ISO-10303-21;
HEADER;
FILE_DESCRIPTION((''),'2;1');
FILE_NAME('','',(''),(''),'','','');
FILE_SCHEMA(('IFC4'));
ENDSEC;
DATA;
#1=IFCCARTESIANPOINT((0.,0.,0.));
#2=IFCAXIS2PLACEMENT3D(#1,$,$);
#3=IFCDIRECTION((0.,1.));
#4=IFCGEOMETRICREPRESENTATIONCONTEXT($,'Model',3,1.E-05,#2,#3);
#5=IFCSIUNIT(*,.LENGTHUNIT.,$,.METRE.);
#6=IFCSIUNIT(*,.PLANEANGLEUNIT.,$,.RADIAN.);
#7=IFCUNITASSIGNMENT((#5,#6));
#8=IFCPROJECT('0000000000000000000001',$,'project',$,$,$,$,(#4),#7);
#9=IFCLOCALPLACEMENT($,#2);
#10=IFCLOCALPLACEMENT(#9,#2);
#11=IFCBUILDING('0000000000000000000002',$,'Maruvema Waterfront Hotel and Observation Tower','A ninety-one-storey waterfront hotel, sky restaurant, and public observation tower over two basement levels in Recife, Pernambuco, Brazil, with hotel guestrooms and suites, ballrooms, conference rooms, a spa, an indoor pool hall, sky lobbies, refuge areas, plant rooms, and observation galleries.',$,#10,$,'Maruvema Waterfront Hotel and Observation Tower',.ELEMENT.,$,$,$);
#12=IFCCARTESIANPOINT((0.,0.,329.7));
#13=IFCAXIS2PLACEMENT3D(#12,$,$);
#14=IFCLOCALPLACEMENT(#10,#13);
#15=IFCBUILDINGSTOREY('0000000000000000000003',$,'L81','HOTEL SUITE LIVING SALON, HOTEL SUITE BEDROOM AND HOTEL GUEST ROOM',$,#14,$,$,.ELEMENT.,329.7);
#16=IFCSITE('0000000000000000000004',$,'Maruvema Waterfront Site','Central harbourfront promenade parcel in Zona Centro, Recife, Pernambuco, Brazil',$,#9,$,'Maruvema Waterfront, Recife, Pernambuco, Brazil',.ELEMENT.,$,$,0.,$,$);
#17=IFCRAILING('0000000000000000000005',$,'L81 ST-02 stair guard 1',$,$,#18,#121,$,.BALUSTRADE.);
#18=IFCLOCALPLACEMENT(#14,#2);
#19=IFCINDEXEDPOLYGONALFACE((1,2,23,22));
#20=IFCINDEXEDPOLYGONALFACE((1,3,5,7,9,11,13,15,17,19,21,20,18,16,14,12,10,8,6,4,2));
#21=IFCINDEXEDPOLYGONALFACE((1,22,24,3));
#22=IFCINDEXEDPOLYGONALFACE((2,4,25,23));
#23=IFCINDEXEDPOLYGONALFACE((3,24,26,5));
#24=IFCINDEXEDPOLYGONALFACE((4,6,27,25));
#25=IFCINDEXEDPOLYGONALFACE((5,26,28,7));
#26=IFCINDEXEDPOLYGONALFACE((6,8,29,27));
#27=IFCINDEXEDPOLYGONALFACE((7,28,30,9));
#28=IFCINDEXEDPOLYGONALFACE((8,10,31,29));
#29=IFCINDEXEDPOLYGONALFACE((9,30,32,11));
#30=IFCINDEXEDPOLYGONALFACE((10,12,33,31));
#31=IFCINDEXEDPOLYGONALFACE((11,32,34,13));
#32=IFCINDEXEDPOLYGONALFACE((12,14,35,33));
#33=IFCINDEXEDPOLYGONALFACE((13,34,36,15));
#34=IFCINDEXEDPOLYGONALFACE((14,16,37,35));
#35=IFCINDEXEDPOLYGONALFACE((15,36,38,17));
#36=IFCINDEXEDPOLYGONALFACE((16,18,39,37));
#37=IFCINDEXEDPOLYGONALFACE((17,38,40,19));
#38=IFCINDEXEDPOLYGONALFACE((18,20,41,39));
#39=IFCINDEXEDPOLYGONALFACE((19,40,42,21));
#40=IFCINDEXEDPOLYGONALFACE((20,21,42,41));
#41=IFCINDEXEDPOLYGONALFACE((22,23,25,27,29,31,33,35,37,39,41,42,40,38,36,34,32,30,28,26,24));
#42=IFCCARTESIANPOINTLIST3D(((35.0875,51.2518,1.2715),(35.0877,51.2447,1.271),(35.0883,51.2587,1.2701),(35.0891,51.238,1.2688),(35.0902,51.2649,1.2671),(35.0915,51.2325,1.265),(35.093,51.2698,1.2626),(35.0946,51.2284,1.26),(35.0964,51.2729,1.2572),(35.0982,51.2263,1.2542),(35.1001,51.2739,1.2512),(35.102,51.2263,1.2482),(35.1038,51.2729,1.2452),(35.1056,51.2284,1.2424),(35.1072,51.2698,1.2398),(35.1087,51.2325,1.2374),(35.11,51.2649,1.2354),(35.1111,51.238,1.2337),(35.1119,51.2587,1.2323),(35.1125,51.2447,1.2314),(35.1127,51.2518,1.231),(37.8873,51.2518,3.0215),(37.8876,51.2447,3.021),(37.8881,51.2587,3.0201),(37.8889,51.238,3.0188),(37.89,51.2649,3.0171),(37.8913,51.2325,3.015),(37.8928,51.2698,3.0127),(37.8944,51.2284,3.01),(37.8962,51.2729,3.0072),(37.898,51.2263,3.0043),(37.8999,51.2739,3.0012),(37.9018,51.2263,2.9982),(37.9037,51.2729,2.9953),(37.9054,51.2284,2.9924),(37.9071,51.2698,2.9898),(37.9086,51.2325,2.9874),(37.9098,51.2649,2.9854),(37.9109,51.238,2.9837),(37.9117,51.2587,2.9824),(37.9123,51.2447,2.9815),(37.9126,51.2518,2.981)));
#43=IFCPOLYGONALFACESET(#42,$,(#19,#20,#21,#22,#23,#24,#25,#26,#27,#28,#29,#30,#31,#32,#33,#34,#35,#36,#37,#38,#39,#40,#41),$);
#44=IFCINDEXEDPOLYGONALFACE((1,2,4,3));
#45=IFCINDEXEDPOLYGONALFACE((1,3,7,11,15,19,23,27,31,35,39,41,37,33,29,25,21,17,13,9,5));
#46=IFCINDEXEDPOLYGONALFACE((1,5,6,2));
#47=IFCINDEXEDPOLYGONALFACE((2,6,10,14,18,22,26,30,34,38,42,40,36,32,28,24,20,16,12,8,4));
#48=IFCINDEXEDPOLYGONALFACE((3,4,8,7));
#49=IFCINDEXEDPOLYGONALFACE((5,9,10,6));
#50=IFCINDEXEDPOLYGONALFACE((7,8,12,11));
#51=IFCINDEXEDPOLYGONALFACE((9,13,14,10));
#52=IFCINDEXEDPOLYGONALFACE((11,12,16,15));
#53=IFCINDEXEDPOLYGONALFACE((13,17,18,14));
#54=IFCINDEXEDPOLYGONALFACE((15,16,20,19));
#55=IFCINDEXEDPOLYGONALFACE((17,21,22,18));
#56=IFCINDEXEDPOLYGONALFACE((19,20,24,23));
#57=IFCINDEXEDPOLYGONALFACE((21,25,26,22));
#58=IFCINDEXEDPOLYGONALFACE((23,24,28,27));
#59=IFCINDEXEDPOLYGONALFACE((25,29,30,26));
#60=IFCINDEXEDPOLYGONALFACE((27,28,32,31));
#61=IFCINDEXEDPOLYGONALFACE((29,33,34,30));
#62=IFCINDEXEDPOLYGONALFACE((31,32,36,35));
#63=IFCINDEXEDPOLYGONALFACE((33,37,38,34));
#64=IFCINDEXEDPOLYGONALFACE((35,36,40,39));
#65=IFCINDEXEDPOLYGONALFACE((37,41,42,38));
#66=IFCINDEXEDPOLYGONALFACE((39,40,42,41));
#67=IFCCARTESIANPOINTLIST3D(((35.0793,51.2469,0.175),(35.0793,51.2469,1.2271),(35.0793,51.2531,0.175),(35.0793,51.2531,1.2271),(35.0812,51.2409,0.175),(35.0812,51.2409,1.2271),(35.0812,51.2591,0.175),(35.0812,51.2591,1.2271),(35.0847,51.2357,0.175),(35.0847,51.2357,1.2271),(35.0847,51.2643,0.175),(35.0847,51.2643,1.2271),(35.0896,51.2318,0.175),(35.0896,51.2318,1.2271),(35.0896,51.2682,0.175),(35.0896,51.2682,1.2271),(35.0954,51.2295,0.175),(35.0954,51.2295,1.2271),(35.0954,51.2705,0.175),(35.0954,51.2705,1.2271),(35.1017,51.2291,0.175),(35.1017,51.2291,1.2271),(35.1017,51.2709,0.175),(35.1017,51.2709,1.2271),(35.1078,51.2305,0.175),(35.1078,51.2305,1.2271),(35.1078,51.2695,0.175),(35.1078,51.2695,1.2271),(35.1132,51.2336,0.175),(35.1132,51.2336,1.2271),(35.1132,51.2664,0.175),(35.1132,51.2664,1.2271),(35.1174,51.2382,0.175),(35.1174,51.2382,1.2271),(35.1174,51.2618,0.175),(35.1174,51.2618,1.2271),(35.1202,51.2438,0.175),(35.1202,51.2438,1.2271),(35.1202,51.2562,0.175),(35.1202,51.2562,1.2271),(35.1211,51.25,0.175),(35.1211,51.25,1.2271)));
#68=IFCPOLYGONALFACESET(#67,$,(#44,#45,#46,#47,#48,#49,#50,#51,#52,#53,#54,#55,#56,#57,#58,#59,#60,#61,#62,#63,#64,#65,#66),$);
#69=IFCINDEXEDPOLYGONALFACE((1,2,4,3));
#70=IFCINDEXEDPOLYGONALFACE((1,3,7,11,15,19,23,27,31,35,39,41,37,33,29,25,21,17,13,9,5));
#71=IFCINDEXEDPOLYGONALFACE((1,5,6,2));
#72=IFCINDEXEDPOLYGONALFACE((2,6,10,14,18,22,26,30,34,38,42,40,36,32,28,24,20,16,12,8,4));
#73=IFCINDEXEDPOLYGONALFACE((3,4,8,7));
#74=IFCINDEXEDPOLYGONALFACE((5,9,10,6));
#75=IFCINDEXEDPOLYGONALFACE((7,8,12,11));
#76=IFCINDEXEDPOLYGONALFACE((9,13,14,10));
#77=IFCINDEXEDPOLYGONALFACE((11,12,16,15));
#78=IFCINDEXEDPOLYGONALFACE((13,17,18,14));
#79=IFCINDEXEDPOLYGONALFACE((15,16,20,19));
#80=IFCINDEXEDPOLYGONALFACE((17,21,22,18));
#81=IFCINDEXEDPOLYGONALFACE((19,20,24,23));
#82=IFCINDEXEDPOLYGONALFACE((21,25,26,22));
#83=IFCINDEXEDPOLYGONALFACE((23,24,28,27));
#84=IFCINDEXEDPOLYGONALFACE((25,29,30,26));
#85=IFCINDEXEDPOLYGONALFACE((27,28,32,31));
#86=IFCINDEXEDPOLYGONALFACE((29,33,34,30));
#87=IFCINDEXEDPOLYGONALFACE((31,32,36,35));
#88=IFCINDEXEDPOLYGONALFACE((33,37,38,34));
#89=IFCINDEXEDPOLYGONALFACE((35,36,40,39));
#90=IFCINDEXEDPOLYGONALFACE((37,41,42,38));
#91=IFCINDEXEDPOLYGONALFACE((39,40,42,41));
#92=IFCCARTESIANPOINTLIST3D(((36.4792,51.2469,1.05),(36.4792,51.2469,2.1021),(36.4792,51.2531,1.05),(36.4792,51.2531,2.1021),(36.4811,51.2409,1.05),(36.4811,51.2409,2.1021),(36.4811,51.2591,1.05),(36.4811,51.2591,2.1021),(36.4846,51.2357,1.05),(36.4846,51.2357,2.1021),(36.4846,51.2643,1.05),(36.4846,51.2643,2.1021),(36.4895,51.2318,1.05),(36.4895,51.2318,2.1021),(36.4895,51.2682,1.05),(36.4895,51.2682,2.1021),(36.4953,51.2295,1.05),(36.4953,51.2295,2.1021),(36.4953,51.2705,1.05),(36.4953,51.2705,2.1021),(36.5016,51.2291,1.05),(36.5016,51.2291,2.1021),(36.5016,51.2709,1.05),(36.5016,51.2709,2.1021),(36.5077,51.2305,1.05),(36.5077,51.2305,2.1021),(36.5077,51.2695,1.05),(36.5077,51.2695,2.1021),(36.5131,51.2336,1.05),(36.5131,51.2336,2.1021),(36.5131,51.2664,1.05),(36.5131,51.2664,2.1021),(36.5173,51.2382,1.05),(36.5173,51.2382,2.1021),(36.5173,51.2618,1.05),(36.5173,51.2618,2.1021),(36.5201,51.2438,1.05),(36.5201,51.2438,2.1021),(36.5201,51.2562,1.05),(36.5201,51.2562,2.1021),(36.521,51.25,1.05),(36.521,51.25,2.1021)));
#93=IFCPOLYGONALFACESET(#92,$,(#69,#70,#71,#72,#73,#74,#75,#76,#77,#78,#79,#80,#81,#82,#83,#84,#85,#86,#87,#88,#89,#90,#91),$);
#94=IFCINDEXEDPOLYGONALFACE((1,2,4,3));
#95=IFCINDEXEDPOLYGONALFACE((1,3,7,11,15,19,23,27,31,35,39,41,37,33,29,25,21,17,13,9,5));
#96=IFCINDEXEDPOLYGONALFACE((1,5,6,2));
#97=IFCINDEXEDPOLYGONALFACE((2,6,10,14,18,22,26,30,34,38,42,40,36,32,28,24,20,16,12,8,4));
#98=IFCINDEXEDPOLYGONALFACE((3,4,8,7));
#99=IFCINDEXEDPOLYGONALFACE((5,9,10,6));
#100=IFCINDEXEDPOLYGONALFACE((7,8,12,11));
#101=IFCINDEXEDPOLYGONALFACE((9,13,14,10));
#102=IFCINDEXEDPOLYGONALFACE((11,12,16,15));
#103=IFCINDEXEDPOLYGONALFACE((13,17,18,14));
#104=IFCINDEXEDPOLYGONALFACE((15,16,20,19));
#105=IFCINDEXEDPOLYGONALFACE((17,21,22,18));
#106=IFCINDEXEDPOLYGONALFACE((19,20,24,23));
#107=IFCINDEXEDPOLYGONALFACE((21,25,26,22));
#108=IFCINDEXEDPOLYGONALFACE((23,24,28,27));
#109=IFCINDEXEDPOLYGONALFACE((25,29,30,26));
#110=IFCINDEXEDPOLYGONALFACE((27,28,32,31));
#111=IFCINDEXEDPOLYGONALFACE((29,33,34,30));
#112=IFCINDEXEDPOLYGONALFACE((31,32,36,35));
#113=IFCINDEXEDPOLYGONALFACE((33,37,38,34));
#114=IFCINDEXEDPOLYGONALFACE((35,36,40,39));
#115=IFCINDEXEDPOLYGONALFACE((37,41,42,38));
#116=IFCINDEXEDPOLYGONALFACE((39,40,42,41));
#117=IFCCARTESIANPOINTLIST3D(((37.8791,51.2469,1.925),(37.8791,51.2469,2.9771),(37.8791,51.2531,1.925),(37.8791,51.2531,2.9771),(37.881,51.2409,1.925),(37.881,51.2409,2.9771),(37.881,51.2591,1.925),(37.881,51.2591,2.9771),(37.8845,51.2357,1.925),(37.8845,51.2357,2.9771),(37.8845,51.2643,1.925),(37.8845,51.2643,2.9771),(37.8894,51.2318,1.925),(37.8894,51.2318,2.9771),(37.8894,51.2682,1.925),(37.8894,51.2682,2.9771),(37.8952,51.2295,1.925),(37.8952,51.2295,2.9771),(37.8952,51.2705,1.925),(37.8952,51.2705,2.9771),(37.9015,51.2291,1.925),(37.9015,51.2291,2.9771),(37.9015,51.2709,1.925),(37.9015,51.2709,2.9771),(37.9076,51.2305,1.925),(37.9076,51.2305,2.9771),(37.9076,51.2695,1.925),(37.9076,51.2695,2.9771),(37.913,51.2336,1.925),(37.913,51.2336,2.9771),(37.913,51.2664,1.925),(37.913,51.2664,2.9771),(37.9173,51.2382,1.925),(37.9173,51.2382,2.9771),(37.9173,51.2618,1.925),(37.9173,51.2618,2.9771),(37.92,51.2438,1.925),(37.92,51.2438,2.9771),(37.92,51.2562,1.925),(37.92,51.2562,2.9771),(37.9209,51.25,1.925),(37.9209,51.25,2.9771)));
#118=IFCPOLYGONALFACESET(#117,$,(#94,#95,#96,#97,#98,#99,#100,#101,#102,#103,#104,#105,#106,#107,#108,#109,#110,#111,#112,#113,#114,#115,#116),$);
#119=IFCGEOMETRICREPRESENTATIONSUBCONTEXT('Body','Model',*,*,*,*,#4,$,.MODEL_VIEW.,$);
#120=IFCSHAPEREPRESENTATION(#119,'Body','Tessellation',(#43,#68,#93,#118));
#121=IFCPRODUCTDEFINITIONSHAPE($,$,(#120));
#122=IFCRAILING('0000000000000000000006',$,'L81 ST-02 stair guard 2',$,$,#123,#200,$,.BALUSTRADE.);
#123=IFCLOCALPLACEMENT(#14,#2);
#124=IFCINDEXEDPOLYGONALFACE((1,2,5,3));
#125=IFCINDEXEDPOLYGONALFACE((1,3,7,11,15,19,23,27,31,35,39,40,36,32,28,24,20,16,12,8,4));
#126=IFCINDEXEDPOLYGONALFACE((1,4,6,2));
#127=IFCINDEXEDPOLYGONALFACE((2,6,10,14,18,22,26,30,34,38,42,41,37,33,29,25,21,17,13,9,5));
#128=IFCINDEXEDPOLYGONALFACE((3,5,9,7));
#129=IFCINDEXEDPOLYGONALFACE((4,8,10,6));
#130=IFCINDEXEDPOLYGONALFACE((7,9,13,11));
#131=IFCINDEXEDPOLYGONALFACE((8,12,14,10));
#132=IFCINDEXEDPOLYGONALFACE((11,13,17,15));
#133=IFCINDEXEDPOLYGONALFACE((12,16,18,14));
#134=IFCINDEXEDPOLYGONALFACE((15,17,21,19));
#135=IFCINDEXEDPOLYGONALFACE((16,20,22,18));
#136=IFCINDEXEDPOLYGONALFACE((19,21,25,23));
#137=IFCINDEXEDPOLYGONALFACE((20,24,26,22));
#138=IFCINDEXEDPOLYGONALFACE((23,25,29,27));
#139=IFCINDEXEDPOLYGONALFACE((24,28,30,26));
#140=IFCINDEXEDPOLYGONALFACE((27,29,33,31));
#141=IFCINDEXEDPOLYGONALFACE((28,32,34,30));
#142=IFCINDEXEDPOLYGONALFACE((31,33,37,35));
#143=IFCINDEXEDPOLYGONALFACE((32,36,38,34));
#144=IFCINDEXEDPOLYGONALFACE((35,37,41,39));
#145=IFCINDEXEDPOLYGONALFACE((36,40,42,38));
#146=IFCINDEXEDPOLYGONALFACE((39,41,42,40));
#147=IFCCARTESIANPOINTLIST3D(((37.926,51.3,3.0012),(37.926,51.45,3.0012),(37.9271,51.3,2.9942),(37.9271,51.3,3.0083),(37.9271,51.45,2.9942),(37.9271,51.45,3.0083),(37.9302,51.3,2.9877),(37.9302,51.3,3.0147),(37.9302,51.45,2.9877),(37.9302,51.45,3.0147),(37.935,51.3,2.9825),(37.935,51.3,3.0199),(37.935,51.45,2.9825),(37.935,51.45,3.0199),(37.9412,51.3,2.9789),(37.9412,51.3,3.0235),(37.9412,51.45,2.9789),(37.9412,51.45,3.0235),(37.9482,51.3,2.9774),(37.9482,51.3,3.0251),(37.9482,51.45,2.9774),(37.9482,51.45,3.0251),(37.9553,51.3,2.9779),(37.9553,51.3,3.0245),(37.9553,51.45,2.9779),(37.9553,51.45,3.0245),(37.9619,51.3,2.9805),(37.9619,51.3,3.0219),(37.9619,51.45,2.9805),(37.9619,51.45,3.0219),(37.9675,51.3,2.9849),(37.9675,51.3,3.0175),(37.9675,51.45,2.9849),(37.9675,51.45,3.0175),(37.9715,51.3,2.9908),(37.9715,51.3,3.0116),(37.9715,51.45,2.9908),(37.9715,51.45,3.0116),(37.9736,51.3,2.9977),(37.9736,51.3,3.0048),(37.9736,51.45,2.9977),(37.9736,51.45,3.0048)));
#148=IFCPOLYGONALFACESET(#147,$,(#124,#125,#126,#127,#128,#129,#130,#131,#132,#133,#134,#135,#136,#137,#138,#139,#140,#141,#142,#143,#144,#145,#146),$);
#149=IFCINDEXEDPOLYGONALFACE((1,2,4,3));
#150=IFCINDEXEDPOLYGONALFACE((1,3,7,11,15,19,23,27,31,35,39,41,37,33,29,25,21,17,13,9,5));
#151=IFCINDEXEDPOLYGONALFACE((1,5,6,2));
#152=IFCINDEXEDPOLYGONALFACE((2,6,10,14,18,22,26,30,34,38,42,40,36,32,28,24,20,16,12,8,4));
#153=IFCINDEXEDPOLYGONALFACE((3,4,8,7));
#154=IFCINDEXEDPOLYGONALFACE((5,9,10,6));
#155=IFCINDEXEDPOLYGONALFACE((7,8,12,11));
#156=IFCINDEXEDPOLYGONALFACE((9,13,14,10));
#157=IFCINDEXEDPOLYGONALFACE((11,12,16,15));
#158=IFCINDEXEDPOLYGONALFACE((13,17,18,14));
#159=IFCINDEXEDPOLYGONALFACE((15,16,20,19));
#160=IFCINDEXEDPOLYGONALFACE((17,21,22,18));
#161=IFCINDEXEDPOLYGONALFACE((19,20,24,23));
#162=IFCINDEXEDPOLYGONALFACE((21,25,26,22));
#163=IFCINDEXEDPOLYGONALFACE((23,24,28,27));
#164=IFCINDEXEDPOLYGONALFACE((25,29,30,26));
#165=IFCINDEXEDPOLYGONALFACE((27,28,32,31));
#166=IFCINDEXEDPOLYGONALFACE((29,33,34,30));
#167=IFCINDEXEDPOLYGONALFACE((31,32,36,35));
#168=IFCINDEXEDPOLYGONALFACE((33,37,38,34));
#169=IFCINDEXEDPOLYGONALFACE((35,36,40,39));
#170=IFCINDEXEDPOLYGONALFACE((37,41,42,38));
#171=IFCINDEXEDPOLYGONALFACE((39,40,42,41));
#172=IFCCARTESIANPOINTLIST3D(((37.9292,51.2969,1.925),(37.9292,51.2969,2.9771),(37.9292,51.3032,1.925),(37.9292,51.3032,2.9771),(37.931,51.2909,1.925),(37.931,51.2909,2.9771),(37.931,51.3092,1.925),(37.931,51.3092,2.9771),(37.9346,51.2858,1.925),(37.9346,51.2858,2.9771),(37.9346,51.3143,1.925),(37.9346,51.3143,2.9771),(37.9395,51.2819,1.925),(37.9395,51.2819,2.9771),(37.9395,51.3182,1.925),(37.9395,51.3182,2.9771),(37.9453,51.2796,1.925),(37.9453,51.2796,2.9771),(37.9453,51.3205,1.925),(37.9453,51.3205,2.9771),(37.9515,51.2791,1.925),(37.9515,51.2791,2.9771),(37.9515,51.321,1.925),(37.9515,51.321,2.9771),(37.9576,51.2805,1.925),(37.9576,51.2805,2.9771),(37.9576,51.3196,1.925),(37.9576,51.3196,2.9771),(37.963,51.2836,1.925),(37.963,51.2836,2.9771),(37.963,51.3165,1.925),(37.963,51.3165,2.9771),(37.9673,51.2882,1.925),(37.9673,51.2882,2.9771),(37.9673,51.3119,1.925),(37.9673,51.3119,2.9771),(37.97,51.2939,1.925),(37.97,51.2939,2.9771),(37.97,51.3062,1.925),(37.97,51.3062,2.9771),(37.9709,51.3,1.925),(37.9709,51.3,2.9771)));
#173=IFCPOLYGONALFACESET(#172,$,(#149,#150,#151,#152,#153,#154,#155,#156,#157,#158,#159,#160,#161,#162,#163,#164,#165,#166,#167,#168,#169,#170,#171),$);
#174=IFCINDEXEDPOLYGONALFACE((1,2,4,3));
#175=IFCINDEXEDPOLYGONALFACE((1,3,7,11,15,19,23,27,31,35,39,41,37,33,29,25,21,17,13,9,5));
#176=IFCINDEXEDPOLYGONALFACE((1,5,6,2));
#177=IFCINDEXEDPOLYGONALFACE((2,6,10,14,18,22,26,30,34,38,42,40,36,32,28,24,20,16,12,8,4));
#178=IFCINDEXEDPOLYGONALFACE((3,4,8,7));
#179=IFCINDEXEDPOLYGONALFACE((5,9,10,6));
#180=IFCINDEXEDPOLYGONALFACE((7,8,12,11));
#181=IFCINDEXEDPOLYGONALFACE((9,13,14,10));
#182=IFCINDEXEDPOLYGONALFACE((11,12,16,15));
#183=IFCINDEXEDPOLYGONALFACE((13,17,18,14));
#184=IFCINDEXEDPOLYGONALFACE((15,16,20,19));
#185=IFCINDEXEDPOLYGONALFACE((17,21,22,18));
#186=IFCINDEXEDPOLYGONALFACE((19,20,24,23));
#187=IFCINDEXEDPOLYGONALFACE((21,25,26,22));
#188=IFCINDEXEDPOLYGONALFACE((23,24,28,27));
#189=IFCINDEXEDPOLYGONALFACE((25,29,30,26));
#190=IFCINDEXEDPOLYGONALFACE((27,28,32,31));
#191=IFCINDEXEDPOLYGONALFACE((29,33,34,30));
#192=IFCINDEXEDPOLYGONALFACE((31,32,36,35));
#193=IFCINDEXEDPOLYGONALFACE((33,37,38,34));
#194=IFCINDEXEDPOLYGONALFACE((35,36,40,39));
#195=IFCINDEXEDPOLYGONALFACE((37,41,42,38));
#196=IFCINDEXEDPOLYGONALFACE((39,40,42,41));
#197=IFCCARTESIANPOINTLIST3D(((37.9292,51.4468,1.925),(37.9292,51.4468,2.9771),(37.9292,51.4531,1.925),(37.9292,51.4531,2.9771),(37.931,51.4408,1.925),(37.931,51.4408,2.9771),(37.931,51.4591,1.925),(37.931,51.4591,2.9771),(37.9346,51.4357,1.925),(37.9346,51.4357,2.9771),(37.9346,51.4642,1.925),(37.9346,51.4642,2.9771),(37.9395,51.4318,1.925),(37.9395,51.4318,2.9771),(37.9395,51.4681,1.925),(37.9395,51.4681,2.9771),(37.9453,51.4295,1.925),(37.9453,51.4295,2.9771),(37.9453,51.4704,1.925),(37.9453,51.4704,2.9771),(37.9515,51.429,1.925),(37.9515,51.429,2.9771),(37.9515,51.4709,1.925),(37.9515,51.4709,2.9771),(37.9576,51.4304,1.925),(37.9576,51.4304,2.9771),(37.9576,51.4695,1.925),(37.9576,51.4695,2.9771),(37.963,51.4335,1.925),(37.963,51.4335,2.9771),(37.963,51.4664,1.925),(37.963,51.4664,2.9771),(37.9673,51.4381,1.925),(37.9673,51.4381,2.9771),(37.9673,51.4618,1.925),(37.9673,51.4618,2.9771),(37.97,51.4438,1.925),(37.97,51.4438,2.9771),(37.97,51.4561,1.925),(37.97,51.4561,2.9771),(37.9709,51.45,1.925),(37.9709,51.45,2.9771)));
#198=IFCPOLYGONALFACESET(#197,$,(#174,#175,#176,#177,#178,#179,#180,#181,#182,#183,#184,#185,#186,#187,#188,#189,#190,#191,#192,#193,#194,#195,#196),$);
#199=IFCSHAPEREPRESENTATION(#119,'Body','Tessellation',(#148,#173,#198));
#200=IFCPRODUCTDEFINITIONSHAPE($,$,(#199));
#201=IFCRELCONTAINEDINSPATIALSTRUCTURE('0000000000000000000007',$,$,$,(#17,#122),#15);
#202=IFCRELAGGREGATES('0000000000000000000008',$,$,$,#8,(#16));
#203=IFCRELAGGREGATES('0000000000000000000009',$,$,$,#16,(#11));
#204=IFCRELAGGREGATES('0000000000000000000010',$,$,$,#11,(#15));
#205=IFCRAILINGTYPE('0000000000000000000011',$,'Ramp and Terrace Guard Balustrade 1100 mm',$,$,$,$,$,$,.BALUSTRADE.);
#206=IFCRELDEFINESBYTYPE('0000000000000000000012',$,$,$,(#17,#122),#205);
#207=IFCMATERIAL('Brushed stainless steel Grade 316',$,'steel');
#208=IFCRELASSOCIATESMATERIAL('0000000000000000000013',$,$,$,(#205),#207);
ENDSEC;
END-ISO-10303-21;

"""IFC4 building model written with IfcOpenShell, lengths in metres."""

from ifc_helpers import new_model, si_unit, direction, frame, origin, origin_2d, place, context, subcontext, project, spatial, circle, extrude, material, type_object, element, save


model = new_model("IFC4")

# Units and contexts
model_context = context("Model", 3, precision=1e-05, world=origin(), true_north=direction((0.0, 1.0)))
body_context = subcontext(model_context, "Body", "Model", "MODEL_VIEW")
ifc_project = project(units=[si_unit("LENGTHUNIT", "METRE"), si_unit("PLANEANGLEUNIT", "RADIAN")], contexts=[model_context])

# Site, building, storey
site_placement = place(None, origin())
site = spatial("IfcSite", under=ifc_project, at=site_placement, Name="Maruvema Waterfront Site", Description="Central harbourfront promenade parcel in Zona Centro, Recife, Pernambuco, Brazil", LongName="Maruvema Waterfront, Recife, Pernambuco, Brazil", CompositionType="ELEMENT", RefElevation=0.0)
building_placement = place(site_placement, origin())
building = spatial("IfcBuilding", under=site, at=building_placement, Name="Maruvema Waterfront Hotel and Observation Tower", Description="A ninety-one-storey waterfront hotel, sky restaurant, and public observation tower over two basement levels in Recife, Pernambuco, Brazil, with hotel guestrooms and suites, ballrooms, conference rooms, a spa, an indoor pool hall, sky lobbies, refuge areas, plant rooms, and observation galleries.", LongName="Maruvema Waterfront Hotel and Observation Tower", CompositionType="ELEMENT")
storey_placement = place(building_placement, frame((0.0, 0.0, 329.7)))
storey = spatial("IfcBuildingStorey", under=building, at=storey_placement, Name="L81", Description="HOTEL SUITE LIVING SALON, HOTEL SUITE BEDROOM AND HOTEL GUEST ROOM", CompositionType="ELEMENT", Elevation=329.7)

# Railings
ifc_material_1 = material(Name="Brushed stainless steel Grade 316", Category="steel")
railing_type_1 = type_object("IfcRailingType", Name="Ramp and Terrace Guard Balustrade 1100 mm", PredefinedType="BALUSTRADE", material=ifc_material_1)
railing_1_placement = place(storey_placement, frame((35.1001, 51.25, 0.175)))
element("IfcRailing", 1, at=railing_1_placement, inside=storey, type_object=railing_type_1, Name="L81 ST-02 stair guard 1", PredefinedType="BALUSTRADE", context=body_context, shape_type="SweptSolid", body=[
    extrude(circle(Radius=0.0239, at=origin_2d()), frame((0.0, 0.0, 1.0762), z_axis=(0.847982, 0.0, 0.530026), x_axis=(0.0, 1.0, 0.0)), (0.0, 0.0, 1.0), 3.3018),
    extrude(circle(Radius=0.021, at=origin_2d()), origin(), (0.0, 0.0, 1.0), 1.052),
    extrude(circle(Radius=0.021, at=origin_2d()), frame((1.3999, 0.0, 0.875)), (0.0, 0.0, 1.0), 1.052),
    extrude(circle(Radius=0.021, at=origin_2d()), frame((2.7998, 0.0, 1.75)), (0.0, 0.0, 1.0), 1.052),
])
railing_2_placement = place(storey_placement, frame((37.95, 51.3, 1.925)))
element("IfcRailing", 2, at=railing_2_placement, inside=storey, type_object=railing_type_1, Name="L81 ST-02 stair guard 2", PredefinedType="BALUSTRADE", context=body_context, shape_type="SweptSolid", body=[
    extrude(circle(Radius=0.0239, at=origin_2d()), frame((0.0, 0.0, 1.0762), z_axis=(0.0, 1.0, 0.0), x_axis=(-1.0, 0.0, 0.0)), (0.0, 0.0, 1.0), 0.1499),
    extrude(circle(Radius=0.021, at=origin_2d()), origin(), (0.0, 0.0, 1.0), 1.052),
    extrude(circle(Radius=0.021, at=origin_2d()), frame((0.0, 0.1499, 0.0)), (0.0, 0.0, 1.0), 1.052),
])

save(model, "model.ifc")
